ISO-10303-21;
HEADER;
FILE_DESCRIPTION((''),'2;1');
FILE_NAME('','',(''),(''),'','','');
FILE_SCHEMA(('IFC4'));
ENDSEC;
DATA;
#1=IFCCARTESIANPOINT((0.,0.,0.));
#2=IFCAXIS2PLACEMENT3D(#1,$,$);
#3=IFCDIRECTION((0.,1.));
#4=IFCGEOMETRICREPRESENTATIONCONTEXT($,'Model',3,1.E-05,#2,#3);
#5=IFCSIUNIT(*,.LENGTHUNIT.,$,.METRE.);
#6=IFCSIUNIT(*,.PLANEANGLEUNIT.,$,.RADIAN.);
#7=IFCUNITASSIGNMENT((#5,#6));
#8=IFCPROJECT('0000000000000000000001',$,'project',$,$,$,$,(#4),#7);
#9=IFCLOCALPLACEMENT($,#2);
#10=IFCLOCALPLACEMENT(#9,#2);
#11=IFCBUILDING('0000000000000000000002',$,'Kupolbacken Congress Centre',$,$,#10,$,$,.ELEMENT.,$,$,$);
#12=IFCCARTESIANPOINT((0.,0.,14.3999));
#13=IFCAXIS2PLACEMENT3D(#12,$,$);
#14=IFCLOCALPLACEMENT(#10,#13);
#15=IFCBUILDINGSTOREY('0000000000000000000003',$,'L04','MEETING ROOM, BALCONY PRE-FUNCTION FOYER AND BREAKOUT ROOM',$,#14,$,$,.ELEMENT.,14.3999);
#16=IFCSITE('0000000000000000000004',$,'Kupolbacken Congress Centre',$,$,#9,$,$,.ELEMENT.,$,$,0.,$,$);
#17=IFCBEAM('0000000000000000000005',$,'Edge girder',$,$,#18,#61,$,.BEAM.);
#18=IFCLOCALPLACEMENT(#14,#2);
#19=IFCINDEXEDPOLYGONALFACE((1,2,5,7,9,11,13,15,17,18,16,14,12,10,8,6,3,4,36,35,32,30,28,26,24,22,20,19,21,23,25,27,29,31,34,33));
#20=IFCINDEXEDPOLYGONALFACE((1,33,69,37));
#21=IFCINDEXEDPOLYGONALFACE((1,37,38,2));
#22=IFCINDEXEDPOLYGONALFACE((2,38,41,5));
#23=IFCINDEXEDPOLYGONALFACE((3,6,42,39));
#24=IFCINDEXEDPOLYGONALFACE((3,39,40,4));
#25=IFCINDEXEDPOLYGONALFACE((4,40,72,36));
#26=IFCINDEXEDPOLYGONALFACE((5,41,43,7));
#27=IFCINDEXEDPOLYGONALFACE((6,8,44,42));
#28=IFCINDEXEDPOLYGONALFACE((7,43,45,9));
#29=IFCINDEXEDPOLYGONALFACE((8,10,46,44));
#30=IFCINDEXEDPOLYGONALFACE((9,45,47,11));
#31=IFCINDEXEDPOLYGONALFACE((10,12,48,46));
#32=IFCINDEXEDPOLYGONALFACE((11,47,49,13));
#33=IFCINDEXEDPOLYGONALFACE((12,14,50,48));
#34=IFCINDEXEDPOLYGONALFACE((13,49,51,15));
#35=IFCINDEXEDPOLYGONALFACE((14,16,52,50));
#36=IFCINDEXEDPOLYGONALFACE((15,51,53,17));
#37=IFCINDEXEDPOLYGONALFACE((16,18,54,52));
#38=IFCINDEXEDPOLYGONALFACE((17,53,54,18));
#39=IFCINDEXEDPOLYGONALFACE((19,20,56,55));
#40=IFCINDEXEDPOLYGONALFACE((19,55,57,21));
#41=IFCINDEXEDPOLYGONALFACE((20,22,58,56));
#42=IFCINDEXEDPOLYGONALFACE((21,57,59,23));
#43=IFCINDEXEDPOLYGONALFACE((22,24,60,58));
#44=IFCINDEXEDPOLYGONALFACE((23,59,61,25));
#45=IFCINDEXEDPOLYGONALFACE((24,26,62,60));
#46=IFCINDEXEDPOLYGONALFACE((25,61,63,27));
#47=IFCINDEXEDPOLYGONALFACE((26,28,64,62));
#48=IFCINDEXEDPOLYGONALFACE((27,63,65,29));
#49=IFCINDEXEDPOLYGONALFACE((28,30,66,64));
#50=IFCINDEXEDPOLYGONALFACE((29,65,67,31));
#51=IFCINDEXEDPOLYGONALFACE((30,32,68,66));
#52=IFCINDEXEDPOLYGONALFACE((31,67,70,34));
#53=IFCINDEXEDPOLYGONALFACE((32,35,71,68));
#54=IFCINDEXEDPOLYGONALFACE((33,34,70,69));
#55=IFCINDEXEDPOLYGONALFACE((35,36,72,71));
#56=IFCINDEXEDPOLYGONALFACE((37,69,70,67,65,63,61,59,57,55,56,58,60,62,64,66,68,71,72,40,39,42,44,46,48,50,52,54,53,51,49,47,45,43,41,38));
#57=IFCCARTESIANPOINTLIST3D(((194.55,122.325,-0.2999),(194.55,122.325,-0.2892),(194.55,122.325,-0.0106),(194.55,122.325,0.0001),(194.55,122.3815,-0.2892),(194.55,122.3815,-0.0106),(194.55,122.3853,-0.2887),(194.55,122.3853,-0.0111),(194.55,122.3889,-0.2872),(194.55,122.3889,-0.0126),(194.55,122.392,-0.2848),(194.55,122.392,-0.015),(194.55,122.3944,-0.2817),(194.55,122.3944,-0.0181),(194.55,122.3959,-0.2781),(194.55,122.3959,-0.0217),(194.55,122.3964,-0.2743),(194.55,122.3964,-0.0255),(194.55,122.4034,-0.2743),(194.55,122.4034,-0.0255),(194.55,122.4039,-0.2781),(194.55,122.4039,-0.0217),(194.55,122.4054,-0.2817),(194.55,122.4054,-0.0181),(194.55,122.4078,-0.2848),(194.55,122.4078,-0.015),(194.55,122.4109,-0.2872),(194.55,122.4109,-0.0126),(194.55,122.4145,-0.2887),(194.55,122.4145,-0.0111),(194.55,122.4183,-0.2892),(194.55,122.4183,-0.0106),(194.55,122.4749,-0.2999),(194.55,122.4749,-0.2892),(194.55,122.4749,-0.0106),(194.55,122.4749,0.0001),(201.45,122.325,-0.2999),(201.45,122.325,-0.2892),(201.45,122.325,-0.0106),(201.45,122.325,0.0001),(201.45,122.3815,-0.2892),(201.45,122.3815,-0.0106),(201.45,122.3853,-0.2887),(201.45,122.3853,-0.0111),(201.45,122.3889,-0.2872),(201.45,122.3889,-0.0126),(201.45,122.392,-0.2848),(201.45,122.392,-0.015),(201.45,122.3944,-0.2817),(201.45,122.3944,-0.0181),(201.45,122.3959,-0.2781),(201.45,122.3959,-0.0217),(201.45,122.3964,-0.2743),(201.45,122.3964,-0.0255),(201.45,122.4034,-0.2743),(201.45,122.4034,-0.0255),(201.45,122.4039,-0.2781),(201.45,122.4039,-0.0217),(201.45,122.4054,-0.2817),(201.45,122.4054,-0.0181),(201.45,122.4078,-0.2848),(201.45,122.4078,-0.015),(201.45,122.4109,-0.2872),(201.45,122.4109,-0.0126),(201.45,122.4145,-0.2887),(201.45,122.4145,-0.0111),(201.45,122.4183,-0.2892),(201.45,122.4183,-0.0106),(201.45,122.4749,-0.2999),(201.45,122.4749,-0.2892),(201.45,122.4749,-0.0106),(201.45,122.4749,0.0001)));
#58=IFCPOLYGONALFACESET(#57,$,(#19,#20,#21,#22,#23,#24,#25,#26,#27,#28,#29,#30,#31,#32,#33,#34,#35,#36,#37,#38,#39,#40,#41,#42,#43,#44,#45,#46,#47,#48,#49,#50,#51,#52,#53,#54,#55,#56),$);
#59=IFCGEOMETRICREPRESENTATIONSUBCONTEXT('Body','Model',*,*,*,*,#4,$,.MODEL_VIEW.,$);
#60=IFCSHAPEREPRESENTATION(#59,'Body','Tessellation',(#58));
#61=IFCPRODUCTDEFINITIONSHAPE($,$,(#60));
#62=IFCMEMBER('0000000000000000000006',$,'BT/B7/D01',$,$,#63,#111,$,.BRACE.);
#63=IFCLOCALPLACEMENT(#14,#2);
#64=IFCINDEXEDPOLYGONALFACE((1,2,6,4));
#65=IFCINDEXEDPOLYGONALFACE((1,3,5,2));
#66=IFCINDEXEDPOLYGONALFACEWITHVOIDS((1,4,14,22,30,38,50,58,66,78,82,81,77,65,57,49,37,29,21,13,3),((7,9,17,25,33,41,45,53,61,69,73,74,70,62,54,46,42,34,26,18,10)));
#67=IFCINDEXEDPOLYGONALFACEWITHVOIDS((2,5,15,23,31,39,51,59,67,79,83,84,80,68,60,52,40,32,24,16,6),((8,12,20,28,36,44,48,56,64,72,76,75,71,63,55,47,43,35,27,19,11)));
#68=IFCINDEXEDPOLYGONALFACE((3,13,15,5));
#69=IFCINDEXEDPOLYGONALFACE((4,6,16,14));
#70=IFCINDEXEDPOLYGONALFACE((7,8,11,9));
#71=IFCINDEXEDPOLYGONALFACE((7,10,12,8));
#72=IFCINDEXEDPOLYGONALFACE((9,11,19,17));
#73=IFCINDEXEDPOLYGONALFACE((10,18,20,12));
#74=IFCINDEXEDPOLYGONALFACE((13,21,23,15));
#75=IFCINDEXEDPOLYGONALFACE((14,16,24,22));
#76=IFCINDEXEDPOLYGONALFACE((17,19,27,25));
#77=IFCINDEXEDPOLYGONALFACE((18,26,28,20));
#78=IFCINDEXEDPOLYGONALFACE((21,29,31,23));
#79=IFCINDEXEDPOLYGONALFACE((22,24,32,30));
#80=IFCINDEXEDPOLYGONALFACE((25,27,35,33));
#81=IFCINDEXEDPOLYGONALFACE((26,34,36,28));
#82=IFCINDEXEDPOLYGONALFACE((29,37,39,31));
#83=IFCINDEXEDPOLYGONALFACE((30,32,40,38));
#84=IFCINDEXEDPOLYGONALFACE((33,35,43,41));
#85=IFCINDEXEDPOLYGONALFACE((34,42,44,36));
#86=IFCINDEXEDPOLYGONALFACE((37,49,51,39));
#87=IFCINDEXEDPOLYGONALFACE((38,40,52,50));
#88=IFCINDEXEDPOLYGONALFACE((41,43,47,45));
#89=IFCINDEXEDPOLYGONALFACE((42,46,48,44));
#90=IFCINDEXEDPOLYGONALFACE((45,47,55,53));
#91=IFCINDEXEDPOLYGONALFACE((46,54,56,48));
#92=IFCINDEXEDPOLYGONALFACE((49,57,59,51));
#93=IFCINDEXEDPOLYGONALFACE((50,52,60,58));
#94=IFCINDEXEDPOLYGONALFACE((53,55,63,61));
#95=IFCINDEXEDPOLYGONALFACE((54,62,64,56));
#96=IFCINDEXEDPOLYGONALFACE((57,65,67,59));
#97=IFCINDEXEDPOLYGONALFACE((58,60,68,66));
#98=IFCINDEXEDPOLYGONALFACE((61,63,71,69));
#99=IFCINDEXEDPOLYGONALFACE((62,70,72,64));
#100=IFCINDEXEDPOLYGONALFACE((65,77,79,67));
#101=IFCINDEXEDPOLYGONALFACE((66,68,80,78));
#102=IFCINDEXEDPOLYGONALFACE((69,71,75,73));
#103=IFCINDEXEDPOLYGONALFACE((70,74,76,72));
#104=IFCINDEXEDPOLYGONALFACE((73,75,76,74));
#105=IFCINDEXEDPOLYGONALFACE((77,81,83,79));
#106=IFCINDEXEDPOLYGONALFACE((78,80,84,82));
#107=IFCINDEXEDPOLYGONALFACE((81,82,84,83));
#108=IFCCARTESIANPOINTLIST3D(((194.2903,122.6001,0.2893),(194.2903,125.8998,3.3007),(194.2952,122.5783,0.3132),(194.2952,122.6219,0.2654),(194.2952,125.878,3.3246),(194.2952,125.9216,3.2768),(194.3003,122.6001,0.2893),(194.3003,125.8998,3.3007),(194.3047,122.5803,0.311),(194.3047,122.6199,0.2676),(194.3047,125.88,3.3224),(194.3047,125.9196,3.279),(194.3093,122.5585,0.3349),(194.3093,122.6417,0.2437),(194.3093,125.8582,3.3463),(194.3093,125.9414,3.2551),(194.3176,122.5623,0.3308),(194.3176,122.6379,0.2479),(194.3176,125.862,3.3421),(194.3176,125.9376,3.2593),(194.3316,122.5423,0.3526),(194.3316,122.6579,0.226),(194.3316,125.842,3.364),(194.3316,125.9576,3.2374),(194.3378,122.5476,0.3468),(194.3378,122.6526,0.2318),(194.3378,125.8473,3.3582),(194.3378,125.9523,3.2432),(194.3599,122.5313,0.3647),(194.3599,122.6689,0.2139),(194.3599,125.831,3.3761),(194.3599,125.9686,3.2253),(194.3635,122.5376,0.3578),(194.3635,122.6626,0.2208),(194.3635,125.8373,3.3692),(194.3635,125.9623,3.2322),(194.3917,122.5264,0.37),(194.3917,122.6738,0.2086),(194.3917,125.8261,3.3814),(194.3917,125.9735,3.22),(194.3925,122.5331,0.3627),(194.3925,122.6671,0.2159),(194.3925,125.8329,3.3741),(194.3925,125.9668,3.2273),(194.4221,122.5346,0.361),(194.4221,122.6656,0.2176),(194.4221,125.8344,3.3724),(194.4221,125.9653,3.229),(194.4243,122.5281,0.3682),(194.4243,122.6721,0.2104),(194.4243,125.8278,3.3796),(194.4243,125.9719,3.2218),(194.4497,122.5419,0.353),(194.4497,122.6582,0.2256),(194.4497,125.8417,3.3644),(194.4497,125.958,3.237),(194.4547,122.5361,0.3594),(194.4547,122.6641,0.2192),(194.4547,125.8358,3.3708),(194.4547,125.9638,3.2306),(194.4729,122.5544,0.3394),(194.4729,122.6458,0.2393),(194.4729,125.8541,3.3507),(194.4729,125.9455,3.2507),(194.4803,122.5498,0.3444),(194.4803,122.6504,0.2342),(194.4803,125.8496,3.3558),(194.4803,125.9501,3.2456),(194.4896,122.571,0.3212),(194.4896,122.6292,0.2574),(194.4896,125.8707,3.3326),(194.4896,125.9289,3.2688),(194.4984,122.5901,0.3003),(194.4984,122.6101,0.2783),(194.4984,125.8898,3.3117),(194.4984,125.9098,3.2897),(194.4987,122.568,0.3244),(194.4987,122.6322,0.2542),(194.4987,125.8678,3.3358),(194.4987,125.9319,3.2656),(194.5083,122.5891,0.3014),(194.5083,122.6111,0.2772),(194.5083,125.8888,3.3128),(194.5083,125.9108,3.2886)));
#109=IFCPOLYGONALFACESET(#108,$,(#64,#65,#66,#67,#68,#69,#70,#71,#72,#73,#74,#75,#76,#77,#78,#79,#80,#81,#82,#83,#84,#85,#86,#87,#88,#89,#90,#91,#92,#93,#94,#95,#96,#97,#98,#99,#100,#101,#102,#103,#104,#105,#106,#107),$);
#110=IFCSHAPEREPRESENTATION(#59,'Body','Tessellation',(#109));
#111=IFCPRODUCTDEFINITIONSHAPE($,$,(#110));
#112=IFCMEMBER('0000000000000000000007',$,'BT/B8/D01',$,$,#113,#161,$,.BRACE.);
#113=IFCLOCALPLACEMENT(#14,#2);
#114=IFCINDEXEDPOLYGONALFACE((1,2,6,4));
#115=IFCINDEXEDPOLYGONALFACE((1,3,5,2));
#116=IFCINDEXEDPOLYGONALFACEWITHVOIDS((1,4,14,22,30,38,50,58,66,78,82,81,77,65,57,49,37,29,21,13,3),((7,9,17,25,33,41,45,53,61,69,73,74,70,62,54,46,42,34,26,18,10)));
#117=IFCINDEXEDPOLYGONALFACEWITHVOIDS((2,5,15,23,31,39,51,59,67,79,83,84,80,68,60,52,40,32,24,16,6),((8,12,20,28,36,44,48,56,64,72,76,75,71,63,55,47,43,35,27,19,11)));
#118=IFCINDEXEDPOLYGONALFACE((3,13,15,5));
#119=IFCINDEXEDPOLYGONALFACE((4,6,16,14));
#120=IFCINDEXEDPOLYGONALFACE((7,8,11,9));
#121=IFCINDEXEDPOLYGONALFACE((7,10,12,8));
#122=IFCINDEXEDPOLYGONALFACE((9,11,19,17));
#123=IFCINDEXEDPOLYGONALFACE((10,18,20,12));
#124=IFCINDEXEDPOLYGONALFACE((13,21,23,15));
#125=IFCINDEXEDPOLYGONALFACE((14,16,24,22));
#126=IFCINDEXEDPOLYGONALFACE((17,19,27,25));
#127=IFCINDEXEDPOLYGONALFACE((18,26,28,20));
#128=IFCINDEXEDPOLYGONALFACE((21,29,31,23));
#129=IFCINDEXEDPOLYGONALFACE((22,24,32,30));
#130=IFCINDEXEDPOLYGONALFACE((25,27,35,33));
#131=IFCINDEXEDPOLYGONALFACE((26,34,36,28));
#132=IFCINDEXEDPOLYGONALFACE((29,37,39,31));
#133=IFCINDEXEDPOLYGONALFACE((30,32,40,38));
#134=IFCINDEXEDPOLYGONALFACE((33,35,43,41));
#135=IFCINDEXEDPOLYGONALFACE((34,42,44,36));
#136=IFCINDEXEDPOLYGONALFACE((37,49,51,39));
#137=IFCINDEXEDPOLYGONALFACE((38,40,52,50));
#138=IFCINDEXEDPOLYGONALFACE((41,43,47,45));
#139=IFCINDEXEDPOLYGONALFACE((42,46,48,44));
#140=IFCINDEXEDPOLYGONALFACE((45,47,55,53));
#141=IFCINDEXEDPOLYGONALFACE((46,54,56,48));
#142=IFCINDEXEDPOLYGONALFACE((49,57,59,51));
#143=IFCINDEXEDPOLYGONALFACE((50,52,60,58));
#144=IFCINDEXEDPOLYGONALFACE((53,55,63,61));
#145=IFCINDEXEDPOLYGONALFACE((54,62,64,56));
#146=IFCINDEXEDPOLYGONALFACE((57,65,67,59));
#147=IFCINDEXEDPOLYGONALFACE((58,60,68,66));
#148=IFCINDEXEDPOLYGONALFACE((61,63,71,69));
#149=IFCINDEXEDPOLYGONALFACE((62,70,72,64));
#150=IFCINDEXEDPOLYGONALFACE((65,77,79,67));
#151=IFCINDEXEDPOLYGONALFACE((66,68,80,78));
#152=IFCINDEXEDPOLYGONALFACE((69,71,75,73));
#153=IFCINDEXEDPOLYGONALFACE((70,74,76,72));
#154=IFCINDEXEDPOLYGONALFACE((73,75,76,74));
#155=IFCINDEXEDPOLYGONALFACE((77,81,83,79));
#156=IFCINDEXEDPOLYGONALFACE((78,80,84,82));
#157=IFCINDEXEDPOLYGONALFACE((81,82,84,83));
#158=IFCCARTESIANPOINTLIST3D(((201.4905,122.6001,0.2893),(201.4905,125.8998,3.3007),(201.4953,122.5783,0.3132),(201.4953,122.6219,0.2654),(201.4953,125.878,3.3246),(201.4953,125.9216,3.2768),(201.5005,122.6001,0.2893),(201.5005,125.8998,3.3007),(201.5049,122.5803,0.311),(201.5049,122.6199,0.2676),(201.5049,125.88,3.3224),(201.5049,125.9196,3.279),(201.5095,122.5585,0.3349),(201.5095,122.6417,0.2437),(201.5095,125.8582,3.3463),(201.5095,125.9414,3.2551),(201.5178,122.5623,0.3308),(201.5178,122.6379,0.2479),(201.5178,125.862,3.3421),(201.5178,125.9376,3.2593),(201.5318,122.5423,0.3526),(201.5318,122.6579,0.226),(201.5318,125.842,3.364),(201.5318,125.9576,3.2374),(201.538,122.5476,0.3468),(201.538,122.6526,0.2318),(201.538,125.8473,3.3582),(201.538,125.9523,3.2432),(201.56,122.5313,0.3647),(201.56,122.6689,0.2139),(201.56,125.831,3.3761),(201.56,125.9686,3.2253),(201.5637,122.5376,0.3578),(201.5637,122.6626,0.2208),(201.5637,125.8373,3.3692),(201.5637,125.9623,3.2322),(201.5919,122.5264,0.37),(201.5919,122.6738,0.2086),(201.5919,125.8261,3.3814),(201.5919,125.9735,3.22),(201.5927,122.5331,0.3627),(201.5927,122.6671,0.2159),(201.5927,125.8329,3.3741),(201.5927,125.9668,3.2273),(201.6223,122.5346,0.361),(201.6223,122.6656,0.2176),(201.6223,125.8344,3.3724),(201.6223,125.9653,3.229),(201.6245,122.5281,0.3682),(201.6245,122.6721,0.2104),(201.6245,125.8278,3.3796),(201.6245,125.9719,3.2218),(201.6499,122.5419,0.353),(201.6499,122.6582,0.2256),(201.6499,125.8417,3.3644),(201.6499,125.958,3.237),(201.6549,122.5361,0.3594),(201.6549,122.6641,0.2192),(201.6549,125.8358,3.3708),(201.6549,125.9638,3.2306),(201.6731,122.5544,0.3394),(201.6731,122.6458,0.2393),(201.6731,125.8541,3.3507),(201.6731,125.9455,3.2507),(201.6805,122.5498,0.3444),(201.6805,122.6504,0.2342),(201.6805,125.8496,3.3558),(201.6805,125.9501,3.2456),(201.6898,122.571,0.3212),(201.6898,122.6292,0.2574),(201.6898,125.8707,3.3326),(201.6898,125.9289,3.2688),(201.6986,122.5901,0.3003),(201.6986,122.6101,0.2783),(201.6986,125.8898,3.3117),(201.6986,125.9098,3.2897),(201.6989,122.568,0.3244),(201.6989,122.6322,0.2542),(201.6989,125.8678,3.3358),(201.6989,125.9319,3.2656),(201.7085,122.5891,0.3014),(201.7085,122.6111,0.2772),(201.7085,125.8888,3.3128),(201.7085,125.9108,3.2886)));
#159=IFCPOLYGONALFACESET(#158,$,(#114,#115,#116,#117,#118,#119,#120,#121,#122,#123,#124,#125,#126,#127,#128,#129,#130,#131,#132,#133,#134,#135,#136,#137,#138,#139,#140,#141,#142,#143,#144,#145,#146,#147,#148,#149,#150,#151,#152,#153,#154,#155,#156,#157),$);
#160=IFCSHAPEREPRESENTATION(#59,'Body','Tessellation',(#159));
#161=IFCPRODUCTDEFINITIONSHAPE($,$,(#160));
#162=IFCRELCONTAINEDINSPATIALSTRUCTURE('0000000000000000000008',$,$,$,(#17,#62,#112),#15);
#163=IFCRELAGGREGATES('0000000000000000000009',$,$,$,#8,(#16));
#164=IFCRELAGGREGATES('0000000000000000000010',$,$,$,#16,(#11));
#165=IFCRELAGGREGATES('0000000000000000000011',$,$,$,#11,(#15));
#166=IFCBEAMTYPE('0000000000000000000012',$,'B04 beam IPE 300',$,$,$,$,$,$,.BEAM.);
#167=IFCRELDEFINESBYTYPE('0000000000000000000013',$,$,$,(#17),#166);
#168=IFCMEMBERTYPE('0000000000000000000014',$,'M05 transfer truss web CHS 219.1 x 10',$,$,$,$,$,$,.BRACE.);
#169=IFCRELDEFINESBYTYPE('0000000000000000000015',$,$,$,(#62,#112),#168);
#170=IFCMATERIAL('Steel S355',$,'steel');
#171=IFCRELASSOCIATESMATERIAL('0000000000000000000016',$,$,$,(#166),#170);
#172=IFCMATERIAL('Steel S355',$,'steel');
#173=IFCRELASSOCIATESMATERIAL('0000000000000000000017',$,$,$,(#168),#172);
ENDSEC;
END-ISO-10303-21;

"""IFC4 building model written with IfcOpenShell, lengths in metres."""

from ifc_helpers import new_model, si_unit, direction, frame, origin, origin_2d, place, context, subcontext, project, spatial, hollow_circle, i_section, extrude, material, material_profile, profile_set, type_object, element, save


model = new_model("IFC4")

# Units and contexts
model_context = context("Model", 3, precision=1e-05, world=origin(), true_north=direction((0.0, 1.0)))
body_context = subcontext(model_context, "Body", "Model", "MODEL_VIEW")
ifc_project = project(units=[si_unit("LENGTHUNIT", "METRE"), si_unit("PLANEANGLEUNIT", "RADIAN")], contexts=[model_context])

# Site, building, storey
site_placement = place(None, origin())
site = spatial("IfcSite", under=ifc_project, at=site_placement, Name="Kupolbacken Congress Centre", CompositionType="ELEMENT", RefElevation=0.0)
building_placement = place(site_placement, origin())
building = spatial("IfcBuilding", under=site, at=building_placement, Name="Kupolbacken Congress Centre", CompositionType="ELEMENT")
storey_placement = place(building_placement, frame((0.0, 0.0, 14.3999)))
storey = spatial("IfcBuildingStorey", under=building, at=storey_placement, Name="L04", Description="MEETING ROOM, BALCONY PRE-FUNCTION FOYER AND BREAKOUT ROOM", CompositionType="ELEMENT", Elevation=14.3999)

# Beam
ifc_material_1 = material(Name="Steel S355", Category="steel")
ifc_material_profile_1 = material_profile(ifc_material_1, i_section(OverallWidth=0.1499, OverallDepth=0.3, WebThickness=0.0071, FlangeThickness=0.0107, FilletRadius=0.0149, at=origin_2d()), Name="IPE 300")
ifc_profile_set_1 = profile_set([ifc_material_profile_1], Name="Steel S355")
beam_type = type_object("IfcBeamType", Name="B04 beam IPE 300", PredefinedType="BEAM", material=ifc_profile_set_1)
beam_placement = place(storey_placement, frame((194.55, 122.3999, -0.1499), z_axis=(1.0, 0.0, 0.0), x_axis=(0.0, 1.0, 0.0)))
element("IfcBeam", 1, at=beam_placement, inside=storey, type_object=beam_type, Name="Edge girder", PredefinedType="BEAM", context=body_context, shape_type="SweptSolid", body=[
    extrude(i_section(OverallWidth=0.1499, OverallDepth=0.3, WebThickness=0.0071, FlangeThickness=0.0107, FilletRadius=0.0149, at=origin_2d()), origin(), (0.0, 0.0, 1.0), 6.8999),
])

# Members
ifc_material_2 = material(Name="Steel S355", Category="steel")
ifc_material_profile_2 = material_profile(ifc_material_2, hollow_circle(Radius=0.1096, WallThickness=0.01, at=origin_2d()), Name="CHS 219.1 x 10")
ifc_profile_set_2 = profile_set([ifc_material_profile_2], Name="Steel S355")
member_type_1 = type_object("IfcMemberType", Name="M05 transfer truss web CHS 219.1 x 10", PredefinedType="BRACE", material=ifc_profile_set_2)
for number, where, z_axis, x_axis, name in (
    (2, (194.3999, 122.6001, 0.2893), (0.0, 0.73864, 0.6741), (-1.0, 0.0, 0.0), "BT/B7/D01"),
    (3, (201.6001, 122.6001, 0.2893), (0.0, 0.73864, 0.6741), (-1.0, 0.0, 0.0), "BT/B8/D01"),
):
    element("IfcMember", number, at=place(storey_placement, frame(where, z_axis=z_axis, x_axis=x_axis)), inside=storey, type_object=member_type_1, Name=name, PredefinedType="BRACE", context=body_context, shape_type="SweptSolid", body=[
        extrude(hollow_circle(Radius=0.1096, WallThickness=0.01, at=origin_2d()), origin(), (0.0, 0.0, 1.0), 4.4673),
    ])

save(model, "model.ifc")
